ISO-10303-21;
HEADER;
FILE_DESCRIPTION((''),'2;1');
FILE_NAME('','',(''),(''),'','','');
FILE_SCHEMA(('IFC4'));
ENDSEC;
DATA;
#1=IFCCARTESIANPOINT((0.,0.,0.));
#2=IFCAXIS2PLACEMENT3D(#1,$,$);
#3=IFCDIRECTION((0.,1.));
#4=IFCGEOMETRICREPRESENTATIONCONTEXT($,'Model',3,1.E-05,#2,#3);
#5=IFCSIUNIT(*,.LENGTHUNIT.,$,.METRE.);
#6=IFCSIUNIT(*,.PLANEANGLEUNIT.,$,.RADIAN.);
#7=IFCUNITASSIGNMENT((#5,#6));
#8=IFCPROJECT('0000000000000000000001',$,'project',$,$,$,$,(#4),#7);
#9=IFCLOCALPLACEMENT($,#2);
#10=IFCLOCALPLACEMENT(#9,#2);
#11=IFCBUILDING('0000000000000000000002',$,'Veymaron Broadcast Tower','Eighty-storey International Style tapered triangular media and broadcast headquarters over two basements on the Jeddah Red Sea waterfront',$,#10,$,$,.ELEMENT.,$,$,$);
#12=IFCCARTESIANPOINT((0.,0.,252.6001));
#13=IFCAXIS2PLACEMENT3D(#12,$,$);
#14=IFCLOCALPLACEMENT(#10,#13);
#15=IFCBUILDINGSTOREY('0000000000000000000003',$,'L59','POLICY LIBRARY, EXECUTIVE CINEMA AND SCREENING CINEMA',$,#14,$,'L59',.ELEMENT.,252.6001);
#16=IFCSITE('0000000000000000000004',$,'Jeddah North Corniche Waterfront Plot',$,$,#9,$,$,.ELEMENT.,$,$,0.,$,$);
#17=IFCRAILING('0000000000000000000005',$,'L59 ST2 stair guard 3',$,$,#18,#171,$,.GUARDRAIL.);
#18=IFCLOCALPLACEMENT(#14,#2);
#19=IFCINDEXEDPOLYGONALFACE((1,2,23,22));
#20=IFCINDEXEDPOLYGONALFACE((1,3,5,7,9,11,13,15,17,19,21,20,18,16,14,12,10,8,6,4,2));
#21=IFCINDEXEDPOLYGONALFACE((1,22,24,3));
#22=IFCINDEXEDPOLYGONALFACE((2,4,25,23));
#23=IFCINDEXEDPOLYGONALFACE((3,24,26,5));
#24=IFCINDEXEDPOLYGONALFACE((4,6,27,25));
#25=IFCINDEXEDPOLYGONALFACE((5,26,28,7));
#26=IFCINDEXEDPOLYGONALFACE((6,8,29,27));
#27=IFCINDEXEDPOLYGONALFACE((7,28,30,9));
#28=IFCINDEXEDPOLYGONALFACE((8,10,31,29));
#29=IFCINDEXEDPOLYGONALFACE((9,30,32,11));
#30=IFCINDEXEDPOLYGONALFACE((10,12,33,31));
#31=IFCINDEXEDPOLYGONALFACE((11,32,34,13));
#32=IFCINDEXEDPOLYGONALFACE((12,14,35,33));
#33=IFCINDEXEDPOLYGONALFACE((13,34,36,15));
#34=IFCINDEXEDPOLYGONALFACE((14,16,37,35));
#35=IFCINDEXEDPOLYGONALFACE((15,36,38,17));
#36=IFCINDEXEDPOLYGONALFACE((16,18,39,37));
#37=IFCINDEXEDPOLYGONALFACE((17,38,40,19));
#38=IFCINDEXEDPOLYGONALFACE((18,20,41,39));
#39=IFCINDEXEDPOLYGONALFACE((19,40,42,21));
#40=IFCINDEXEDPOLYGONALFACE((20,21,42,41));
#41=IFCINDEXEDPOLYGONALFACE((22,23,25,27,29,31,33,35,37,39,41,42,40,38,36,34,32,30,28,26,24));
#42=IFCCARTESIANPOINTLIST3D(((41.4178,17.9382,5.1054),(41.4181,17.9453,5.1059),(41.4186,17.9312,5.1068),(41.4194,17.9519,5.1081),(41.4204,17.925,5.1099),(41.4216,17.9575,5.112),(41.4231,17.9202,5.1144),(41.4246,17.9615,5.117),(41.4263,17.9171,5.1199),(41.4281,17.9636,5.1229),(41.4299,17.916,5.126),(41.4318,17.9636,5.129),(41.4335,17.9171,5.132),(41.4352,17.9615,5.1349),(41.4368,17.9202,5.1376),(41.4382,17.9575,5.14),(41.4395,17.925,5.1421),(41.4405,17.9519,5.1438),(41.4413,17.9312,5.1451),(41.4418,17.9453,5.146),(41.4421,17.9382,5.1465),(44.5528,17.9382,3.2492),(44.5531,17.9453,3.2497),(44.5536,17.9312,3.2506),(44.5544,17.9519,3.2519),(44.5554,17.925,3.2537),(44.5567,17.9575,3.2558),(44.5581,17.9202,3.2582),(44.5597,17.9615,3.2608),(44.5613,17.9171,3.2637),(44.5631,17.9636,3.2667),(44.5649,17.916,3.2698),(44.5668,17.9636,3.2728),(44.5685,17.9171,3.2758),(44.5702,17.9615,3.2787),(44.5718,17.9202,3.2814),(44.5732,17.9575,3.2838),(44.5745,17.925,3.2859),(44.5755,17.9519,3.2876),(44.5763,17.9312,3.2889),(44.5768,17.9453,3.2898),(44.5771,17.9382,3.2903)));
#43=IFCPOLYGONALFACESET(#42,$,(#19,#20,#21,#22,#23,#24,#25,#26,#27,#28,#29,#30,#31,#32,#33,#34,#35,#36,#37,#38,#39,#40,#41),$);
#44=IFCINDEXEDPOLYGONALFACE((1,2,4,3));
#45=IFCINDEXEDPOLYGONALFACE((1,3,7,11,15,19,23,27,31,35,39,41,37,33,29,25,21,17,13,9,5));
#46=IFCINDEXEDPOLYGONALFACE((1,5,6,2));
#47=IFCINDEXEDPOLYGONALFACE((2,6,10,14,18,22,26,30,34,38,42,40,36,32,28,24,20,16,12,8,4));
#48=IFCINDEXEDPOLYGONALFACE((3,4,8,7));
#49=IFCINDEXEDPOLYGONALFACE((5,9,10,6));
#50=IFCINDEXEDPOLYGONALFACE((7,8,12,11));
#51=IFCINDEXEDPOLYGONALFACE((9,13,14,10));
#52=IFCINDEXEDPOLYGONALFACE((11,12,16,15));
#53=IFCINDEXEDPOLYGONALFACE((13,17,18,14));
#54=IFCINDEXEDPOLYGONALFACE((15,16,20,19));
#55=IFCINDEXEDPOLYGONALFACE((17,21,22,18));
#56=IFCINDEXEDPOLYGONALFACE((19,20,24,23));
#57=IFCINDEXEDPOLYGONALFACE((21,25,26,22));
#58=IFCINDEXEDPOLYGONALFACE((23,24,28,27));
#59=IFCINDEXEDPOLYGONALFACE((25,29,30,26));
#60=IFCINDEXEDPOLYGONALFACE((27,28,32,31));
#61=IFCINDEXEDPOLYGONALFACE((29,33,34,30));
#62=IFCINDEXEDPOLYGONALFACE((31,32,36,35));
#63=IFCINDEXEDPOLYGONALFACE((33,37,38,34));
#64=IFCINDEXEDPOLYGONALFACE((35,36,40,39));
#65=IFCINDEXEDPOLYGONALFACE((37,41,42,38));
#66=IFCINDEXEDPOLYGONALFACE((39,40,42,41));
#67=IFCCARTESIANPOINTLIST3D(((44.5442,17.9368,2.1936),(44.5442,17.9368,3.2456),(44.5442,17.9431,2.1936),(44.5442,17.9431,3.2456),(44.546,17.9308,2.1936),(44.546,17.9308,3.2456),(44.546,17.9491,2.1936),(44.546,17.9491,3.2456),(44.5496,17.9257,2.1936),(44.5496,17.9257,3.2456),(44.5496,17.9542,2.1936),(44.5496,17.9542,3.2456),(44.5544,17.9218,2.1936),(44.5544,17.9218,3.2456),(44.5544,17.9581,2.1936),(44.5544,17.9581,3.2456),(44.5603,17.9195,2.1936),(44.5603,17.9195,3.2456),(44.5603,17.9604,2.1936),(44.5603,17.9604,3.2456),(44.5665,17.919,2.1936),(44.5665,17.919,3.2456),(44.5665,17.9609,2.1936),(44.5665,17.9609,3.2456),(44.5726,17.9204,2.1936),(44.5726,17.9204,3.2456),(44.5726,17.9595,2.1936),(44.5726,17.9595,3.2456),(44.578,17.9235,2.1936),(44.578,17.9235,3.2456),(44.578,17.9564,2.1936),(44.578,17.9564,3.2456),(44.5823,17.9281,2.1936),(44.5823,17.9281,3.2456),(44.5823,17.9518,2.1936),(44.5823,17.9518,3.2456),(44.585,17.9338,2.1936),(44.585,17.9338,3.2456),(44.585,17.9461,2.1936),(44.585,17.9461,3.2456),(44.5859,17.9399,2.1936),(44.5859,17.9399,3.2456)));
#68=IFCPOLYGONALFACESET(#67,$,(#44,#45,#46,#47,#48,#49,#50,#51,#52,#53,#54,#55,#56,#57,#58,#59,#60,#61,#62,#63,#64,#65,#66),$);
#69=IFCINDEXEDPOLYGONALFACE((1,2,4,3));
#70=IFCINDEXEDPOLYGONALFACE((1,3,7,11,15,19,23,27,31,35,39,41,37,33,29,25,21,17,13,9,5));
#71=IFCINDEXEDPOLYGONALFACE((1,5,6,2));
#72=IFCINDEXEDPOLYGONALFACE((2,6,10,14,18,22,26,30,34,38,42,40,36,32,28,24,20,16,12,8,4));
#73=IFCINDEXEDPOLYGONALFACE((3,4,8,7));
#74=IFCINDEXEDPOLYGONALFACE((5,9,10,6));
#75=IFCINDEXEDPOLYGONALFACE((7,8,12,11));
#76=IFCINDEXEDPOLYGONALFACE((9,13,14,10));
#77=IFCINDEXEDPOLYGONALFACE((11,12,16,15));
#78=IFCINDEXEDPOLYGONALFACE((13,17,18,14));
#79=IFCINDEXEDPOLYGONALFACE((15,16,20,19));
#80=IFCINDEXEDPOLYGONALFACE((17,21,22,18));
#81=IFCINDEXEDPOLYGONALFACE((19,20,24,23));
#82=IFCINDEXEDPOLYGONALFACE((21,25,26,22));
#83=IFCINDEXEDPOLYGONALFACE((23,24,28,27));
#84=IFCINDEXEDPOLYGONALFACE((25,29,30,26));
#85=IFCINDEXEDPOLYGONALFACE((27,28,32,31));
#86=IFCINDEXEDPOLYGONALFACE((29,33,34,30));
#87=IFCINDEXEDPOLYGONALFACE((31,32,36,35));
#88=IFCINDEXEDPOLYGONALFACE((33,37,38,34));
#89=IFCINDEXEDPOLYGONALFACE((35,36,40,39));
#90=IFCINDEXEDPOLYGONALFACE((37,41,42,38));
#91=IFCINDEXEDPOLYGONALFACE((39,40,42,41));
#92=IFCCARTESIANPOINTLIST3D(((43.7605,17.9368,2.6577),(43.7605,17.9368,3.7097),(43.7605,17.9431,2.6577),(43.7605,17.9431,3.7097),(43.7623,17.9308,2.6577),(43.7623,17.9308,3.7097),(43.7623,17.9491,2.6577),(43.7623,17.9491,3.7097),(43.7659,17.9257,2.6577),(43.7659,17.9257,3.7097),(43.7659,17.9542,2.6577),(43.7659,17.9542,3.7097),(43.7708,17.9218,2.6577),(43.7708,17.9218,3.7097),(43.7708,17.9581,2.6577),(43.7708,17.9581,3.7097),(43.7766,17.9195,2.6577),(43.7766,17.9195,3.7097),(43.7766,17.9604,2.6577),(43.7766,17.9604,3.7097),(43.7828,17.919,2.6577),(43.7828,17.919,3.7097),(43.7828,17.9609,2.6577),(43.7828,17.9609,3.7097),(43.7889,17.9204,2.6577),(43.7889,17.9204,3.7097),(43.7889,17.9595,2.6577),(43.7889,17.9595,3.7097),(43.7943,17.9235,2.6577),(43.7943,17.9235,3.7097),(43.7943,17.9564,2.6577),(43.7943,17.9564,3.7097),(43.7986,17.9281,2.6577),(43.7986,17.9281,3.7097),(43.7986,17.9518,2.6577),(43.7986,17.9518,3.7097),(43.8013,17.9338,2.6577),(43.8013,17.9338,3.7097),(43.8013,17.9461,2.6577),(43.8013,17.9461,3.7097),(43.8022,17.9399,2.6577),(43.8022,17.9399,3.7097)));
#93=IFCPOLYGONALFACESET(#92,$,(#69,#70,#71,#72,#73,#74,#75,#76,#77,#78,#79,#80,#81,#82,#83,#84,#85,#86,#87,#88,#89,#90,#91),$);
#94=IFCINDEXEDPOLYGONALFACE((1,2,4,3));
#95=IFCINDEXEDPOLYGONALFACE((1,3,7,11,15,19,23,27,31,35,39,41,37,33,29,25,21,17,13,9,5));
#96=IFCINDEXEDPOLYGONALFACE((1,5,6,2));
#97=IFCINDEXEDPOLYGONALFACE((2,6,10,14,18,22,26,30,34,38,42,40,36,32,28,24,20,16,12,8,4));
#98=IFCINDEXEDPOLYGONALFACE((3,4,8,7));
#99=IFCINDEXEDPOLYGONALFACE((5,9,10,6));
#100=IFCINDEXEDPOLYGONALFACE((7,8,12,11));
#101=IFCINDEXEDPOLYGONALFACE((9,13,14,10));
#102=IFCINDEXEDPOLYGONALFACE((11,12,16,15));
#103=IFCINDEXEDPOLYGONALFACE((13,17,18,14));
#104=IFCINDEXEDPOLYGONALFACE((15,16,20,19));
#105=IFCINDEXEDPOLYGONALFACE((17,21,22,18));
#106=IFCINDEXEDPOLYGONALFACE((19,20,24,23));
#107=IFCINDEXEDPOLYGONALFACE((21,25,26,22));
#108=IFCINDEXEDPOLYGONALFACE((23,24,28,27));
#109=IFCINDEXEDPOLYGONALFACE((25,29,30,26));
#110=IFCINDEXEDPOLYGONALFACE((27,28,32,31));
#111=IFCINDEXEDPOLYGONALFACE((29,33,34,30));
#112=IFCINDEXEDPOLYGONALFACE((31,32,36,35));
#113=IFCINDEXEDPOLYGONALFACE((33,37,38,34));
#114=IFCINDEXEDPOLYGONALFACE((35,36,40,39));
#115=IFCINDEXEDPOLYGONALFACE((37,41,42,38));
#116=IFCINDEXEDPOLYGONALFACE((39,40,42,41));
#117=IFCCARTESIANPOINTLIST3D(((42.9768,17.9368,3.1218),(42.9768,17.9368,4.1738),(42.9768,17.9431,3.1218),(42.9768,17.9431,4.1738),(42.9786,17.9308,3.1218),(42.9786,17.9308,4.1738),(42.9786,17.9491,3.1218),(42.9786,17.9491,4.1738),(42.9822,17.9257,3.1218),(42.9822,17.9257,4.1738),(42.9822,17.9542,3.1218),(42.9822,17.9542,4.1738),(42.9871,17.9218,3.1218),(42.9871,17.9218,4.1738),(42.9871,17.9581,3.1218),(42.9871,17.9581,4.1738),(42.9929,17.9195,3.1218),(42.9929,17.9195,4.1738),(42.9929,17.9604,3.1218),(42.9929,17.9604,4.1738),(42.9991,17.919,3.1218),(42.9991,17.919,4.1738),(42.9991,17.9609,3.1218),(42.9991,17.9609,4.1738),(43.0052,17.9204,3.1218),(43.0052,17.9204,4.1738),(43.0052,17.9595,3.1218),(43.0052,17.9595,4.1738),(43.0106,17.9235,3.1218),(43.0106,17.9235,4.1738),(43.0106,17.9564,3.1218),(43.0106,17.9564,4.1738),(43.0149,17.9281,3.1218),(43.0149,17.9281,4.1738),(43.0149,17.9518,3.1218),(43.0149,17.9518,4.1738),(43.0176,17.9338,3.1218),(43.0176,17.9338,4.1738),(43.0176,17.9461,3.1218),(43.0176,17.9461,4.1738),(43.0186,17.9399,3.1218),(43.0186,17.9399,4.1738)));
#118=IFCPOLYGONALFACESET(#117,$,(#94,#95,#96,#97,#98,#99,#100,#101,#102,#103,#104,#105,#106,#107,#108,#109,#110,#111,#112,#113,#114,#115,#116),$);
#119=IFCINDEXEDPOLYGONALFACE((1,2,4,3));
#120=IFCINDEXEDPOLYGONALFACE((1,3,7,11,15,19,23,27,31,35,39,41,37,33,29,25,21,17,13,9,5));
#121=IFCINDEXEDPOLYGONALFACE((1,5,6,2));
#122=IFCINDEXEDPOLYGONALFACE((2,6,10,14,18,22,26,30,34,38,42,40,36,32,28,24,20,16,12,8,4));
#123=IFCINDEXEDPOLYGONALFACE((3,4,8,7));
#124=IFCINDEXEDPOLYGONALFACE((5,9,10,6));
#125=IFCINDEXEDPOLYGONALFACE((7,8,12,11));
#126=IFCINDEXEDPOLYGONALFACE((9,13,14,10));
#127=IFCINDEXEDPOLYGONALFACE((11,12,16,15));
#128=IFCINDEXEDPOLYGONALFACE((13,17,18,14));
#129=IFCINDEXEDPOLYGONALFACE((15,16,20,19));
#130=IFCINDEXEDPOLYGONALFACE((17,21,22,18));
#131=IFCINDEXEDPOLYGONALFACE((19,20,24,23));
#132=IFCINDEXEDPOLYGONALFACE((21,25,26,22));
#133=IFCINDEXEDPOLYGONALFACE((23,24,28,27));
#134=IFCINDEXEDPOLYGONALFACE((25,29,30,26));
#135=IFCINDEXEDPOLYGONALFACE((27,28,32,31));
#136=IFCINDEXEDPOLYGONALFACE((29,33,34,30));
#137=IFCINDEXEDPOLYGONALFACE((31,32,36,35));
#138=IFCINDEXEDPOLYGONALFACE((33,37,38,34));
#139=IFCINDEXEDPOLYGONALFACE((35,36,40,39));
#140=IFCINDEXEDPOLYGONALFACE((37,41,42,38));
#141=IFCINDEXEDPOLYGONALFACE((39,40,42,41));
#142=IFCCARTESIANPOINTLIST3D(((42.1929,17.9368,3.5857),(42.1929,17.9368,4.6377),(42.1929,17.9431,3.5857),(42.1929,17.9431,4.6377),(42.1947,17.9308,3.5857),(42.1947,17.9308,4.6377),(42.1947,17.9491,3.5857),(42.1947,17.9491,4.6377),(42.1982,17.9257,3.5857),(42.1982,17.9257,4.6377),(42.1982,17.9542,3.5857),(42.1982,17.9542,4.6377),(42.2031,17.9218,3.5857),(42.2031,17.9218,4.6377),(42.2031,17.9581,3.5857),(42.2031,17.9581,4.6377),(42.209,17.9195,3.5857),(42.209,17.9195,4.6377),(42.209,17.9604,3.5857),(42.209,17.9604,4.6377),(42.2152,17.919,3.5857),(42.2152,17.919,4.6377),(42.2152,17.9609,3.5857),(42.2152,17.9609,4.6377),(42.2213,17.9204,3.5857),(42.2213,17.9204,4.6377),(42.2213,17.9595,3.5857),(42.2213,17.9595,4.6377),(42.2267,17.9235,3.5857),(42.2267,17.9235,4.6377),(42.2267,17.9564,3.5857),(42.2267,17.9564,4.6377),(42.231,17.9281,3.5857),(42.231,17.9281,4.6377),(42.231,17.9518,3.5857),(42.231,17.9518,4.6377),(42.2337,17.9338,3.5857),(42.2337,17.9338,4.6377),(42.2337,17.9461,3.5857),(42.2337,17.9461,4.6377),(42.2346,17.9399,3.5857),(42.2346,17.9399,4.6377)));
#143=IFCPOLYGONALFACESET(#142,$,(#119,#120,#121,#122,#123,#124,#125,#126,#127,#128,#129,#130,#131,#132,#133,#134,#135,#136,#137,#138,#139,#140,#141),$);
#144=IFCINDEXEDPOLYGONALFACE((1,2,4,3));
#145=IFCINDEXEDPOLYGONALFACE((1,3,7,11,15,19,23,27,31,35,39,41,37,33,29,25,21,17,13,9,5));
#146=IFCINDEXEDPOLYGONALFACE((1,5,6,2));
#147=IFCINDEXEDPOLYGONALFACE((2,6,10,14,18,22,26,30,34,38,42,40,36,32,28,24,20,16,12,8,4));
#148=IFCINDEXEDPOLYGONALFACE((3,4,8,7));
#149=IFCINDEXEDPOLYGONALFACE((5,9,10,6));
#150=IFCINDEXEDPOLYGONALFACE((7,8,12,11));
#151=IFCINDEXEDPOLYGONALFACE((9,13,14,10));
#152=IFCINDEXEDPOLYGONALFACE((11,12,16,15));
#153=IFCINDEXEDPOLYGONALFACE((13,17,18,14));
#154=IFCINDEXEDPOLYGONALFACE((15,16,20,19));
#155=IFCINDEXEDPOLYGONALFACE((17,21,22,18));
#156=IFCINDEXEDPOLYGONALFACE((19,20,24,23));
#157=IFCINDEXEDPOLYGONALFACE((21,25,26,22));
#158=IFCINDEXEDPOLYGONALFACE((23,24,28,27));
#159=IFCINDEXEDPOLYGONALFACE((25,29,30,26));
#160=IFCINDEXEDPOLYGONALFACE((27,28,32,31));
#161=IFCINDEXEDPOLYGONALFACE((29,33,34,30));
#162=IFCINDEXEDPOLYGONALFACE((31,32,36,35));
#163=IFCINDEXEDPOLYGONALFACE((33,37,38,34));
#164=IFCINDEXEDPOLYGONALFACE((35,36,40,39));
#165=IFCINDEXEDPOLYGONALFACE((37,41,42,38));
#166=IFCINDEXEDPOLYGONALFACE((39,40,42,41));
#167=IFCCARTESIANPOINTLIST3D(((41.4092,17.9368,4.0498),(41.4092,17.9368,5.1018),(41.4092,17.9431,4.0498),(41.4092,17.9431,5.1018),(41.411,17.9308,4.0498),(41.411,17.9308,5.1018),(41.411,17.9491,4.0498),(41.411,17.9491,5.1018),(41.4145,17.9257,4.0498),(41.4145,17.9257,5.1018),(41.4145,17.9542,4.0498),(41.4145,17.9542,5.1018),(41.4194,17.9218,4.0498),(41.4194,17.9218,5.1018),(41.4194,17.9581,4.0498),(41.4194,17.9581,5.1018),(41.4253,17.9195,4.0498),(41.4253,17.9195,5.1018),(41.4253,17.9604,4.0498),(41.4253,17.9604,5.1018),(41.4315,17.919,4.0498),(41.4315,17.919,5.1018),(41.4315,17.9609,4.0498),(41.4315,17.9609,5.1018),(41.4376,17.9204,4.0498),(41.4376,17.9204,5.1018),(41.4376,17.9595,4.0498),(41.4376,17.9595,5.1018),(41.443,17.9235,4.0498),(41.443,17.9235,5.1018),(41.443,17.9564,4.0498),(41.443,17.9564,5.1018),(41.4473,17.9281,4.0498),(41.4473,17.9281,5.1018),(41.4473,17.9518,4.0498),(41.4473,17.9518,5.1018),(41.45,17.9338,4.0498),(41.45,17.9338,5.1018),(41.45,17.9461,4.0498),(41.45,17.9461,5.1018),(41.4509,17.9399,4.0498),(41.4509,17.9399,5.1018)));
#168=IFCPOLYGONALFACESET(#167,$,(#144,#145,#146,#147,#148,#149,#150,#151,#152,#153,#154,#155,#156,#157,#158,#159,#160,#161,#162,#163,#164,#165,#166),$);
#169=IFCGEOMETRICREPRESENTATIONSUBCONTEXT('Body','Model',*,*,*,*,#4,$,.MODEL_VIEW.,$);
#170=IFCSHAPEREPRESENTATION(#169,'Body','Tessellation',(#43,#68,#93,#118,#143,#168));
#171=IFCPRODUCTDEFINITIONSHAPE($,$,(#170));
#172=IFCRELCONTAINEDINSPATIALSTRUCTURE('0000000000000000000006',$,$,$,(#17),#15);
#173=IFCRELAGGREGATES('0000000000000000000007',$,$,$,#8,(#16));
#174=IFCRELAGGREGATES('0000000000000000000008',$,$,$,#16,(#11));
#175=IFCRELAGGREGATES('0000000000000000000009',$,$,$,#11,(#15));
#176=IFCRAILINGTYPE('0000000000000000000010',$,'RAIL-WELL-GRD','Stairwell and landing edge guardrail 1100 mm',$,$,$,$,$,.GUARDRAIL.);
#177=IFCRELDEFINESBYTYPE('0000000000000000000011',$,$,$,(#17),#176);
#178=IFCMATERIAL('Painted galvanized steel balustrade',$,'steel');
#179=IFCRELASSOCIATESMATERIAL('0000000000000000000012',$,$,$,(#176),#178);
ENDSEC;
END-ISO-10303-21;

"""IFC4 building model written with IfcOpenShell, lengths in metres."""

from ifc_helpers import new_model, si_unit, direction, frame, origin, origin_2d, place, context, subcontext, project, spatial, circle, extrude, material, type_object, element, save


model = new_model("IFC4")

# Units and contexts
model_context = context("Model", 3, precision=1e-05, world=origin(), true_north=direction((0.0, 1.0)))
body_context = subcontext(model_context, "Body", "Model", "MODEL_VIEW")
ifc_project = project(units=[si_unit("LENGTHUNIT", "METRE"), si_unit("PLANEANGLEUNIT", "RADIAN")], contexts=[model_context])

# Site, building, storey
site_placement = place(None, origin())
site = spatial("IfcSite", under=ifc_project, at=site_placement, Name="Jeddah North Corniche Waterfront Plot", CompositionType="ELEMENT", RefElevation=0.0)
building_placement = place(site_placement, origin())
building = spatial("IfcBuilding", under=site, at=building_placement, Name="Veymaron Broadcast Tower", Description="Eighty-storey International Style tapered triangular media and broadcast headquarters over two basements on the Jeddah Red Sea waterfront", CompositionType="ELEMENT")
storey_placement = place(building_placement, frame((0.0, 0.0, 252.6001)))
storey = spatial("IfcBuildingStorey", under=building, at=storey_placement, Name="L59", Description="POLICY LIBRARY, EXECUTIVE CINEMA AND SCREENING CINEMA", LongName="L59", CompositionType="ELEMENT", Elevation=252.6001)

# Railing
ifc_material_1 = material(Name="Painted galvanized steel balustrade", Category="steel")
railing_type_1 = type_object("IfcRailingType", Name="RAIL-WELL-GRD", Description="Stairwell and landing edge guardrail 1100 mm", PredefinedType="GUARDRAIL", material=ifc_material_1)
railing_1_placement = place(storey_placement, frame((44.5649, 17.9399, 2.1936)))
element("IfcRailing", 1, at=railing_1_placement, inside=storey, type_object=railing_type_1, Name="L59 ST2 stair guard 3", PredefinedType="GUARDRAIL", context=body_context, shape_type="SweptSolid", body=[
    extrude(circle(Radius=0.0239, at=origin_2d()), frame((0.0, 0.0, 1.0762), z_axis=(-0.860482, 0.0, 0.509481), x_axis=(0.0, -1.0, 0.0)), (0.0, 0.0, 1.0), 3.6433),
    extrude(circle(Radius=0.021, at=origin_2d()), origin(), (0.0, 0.0, 1.0), 1.052),
    extrude(circle(Radius=0.021, at=origin_2d()), frame((-0.7837, 0.0, 0.4641)), (0.0, 0.0, 1.0), 1.052),
    extrude(circle(Radius=0.021, at=origin_2d()), frame((-1.5674, 0.0, 0.9282)), (0.0, 0.0, 1.0), 1.052),
    extrude(circle(Radius=0.021, at=origin_2d()), frame((-2.3513, 0.0, 1.3921)), (0.0, 0.0, 1.0), 1.052),
    extrude(circle(Radius=0.021, at=origin_2d()), frame((-3.135, 0.0, 1.8562)), (0.0, 0.0, 1.0), 1.052),
])

save(model, "model.ifc")
